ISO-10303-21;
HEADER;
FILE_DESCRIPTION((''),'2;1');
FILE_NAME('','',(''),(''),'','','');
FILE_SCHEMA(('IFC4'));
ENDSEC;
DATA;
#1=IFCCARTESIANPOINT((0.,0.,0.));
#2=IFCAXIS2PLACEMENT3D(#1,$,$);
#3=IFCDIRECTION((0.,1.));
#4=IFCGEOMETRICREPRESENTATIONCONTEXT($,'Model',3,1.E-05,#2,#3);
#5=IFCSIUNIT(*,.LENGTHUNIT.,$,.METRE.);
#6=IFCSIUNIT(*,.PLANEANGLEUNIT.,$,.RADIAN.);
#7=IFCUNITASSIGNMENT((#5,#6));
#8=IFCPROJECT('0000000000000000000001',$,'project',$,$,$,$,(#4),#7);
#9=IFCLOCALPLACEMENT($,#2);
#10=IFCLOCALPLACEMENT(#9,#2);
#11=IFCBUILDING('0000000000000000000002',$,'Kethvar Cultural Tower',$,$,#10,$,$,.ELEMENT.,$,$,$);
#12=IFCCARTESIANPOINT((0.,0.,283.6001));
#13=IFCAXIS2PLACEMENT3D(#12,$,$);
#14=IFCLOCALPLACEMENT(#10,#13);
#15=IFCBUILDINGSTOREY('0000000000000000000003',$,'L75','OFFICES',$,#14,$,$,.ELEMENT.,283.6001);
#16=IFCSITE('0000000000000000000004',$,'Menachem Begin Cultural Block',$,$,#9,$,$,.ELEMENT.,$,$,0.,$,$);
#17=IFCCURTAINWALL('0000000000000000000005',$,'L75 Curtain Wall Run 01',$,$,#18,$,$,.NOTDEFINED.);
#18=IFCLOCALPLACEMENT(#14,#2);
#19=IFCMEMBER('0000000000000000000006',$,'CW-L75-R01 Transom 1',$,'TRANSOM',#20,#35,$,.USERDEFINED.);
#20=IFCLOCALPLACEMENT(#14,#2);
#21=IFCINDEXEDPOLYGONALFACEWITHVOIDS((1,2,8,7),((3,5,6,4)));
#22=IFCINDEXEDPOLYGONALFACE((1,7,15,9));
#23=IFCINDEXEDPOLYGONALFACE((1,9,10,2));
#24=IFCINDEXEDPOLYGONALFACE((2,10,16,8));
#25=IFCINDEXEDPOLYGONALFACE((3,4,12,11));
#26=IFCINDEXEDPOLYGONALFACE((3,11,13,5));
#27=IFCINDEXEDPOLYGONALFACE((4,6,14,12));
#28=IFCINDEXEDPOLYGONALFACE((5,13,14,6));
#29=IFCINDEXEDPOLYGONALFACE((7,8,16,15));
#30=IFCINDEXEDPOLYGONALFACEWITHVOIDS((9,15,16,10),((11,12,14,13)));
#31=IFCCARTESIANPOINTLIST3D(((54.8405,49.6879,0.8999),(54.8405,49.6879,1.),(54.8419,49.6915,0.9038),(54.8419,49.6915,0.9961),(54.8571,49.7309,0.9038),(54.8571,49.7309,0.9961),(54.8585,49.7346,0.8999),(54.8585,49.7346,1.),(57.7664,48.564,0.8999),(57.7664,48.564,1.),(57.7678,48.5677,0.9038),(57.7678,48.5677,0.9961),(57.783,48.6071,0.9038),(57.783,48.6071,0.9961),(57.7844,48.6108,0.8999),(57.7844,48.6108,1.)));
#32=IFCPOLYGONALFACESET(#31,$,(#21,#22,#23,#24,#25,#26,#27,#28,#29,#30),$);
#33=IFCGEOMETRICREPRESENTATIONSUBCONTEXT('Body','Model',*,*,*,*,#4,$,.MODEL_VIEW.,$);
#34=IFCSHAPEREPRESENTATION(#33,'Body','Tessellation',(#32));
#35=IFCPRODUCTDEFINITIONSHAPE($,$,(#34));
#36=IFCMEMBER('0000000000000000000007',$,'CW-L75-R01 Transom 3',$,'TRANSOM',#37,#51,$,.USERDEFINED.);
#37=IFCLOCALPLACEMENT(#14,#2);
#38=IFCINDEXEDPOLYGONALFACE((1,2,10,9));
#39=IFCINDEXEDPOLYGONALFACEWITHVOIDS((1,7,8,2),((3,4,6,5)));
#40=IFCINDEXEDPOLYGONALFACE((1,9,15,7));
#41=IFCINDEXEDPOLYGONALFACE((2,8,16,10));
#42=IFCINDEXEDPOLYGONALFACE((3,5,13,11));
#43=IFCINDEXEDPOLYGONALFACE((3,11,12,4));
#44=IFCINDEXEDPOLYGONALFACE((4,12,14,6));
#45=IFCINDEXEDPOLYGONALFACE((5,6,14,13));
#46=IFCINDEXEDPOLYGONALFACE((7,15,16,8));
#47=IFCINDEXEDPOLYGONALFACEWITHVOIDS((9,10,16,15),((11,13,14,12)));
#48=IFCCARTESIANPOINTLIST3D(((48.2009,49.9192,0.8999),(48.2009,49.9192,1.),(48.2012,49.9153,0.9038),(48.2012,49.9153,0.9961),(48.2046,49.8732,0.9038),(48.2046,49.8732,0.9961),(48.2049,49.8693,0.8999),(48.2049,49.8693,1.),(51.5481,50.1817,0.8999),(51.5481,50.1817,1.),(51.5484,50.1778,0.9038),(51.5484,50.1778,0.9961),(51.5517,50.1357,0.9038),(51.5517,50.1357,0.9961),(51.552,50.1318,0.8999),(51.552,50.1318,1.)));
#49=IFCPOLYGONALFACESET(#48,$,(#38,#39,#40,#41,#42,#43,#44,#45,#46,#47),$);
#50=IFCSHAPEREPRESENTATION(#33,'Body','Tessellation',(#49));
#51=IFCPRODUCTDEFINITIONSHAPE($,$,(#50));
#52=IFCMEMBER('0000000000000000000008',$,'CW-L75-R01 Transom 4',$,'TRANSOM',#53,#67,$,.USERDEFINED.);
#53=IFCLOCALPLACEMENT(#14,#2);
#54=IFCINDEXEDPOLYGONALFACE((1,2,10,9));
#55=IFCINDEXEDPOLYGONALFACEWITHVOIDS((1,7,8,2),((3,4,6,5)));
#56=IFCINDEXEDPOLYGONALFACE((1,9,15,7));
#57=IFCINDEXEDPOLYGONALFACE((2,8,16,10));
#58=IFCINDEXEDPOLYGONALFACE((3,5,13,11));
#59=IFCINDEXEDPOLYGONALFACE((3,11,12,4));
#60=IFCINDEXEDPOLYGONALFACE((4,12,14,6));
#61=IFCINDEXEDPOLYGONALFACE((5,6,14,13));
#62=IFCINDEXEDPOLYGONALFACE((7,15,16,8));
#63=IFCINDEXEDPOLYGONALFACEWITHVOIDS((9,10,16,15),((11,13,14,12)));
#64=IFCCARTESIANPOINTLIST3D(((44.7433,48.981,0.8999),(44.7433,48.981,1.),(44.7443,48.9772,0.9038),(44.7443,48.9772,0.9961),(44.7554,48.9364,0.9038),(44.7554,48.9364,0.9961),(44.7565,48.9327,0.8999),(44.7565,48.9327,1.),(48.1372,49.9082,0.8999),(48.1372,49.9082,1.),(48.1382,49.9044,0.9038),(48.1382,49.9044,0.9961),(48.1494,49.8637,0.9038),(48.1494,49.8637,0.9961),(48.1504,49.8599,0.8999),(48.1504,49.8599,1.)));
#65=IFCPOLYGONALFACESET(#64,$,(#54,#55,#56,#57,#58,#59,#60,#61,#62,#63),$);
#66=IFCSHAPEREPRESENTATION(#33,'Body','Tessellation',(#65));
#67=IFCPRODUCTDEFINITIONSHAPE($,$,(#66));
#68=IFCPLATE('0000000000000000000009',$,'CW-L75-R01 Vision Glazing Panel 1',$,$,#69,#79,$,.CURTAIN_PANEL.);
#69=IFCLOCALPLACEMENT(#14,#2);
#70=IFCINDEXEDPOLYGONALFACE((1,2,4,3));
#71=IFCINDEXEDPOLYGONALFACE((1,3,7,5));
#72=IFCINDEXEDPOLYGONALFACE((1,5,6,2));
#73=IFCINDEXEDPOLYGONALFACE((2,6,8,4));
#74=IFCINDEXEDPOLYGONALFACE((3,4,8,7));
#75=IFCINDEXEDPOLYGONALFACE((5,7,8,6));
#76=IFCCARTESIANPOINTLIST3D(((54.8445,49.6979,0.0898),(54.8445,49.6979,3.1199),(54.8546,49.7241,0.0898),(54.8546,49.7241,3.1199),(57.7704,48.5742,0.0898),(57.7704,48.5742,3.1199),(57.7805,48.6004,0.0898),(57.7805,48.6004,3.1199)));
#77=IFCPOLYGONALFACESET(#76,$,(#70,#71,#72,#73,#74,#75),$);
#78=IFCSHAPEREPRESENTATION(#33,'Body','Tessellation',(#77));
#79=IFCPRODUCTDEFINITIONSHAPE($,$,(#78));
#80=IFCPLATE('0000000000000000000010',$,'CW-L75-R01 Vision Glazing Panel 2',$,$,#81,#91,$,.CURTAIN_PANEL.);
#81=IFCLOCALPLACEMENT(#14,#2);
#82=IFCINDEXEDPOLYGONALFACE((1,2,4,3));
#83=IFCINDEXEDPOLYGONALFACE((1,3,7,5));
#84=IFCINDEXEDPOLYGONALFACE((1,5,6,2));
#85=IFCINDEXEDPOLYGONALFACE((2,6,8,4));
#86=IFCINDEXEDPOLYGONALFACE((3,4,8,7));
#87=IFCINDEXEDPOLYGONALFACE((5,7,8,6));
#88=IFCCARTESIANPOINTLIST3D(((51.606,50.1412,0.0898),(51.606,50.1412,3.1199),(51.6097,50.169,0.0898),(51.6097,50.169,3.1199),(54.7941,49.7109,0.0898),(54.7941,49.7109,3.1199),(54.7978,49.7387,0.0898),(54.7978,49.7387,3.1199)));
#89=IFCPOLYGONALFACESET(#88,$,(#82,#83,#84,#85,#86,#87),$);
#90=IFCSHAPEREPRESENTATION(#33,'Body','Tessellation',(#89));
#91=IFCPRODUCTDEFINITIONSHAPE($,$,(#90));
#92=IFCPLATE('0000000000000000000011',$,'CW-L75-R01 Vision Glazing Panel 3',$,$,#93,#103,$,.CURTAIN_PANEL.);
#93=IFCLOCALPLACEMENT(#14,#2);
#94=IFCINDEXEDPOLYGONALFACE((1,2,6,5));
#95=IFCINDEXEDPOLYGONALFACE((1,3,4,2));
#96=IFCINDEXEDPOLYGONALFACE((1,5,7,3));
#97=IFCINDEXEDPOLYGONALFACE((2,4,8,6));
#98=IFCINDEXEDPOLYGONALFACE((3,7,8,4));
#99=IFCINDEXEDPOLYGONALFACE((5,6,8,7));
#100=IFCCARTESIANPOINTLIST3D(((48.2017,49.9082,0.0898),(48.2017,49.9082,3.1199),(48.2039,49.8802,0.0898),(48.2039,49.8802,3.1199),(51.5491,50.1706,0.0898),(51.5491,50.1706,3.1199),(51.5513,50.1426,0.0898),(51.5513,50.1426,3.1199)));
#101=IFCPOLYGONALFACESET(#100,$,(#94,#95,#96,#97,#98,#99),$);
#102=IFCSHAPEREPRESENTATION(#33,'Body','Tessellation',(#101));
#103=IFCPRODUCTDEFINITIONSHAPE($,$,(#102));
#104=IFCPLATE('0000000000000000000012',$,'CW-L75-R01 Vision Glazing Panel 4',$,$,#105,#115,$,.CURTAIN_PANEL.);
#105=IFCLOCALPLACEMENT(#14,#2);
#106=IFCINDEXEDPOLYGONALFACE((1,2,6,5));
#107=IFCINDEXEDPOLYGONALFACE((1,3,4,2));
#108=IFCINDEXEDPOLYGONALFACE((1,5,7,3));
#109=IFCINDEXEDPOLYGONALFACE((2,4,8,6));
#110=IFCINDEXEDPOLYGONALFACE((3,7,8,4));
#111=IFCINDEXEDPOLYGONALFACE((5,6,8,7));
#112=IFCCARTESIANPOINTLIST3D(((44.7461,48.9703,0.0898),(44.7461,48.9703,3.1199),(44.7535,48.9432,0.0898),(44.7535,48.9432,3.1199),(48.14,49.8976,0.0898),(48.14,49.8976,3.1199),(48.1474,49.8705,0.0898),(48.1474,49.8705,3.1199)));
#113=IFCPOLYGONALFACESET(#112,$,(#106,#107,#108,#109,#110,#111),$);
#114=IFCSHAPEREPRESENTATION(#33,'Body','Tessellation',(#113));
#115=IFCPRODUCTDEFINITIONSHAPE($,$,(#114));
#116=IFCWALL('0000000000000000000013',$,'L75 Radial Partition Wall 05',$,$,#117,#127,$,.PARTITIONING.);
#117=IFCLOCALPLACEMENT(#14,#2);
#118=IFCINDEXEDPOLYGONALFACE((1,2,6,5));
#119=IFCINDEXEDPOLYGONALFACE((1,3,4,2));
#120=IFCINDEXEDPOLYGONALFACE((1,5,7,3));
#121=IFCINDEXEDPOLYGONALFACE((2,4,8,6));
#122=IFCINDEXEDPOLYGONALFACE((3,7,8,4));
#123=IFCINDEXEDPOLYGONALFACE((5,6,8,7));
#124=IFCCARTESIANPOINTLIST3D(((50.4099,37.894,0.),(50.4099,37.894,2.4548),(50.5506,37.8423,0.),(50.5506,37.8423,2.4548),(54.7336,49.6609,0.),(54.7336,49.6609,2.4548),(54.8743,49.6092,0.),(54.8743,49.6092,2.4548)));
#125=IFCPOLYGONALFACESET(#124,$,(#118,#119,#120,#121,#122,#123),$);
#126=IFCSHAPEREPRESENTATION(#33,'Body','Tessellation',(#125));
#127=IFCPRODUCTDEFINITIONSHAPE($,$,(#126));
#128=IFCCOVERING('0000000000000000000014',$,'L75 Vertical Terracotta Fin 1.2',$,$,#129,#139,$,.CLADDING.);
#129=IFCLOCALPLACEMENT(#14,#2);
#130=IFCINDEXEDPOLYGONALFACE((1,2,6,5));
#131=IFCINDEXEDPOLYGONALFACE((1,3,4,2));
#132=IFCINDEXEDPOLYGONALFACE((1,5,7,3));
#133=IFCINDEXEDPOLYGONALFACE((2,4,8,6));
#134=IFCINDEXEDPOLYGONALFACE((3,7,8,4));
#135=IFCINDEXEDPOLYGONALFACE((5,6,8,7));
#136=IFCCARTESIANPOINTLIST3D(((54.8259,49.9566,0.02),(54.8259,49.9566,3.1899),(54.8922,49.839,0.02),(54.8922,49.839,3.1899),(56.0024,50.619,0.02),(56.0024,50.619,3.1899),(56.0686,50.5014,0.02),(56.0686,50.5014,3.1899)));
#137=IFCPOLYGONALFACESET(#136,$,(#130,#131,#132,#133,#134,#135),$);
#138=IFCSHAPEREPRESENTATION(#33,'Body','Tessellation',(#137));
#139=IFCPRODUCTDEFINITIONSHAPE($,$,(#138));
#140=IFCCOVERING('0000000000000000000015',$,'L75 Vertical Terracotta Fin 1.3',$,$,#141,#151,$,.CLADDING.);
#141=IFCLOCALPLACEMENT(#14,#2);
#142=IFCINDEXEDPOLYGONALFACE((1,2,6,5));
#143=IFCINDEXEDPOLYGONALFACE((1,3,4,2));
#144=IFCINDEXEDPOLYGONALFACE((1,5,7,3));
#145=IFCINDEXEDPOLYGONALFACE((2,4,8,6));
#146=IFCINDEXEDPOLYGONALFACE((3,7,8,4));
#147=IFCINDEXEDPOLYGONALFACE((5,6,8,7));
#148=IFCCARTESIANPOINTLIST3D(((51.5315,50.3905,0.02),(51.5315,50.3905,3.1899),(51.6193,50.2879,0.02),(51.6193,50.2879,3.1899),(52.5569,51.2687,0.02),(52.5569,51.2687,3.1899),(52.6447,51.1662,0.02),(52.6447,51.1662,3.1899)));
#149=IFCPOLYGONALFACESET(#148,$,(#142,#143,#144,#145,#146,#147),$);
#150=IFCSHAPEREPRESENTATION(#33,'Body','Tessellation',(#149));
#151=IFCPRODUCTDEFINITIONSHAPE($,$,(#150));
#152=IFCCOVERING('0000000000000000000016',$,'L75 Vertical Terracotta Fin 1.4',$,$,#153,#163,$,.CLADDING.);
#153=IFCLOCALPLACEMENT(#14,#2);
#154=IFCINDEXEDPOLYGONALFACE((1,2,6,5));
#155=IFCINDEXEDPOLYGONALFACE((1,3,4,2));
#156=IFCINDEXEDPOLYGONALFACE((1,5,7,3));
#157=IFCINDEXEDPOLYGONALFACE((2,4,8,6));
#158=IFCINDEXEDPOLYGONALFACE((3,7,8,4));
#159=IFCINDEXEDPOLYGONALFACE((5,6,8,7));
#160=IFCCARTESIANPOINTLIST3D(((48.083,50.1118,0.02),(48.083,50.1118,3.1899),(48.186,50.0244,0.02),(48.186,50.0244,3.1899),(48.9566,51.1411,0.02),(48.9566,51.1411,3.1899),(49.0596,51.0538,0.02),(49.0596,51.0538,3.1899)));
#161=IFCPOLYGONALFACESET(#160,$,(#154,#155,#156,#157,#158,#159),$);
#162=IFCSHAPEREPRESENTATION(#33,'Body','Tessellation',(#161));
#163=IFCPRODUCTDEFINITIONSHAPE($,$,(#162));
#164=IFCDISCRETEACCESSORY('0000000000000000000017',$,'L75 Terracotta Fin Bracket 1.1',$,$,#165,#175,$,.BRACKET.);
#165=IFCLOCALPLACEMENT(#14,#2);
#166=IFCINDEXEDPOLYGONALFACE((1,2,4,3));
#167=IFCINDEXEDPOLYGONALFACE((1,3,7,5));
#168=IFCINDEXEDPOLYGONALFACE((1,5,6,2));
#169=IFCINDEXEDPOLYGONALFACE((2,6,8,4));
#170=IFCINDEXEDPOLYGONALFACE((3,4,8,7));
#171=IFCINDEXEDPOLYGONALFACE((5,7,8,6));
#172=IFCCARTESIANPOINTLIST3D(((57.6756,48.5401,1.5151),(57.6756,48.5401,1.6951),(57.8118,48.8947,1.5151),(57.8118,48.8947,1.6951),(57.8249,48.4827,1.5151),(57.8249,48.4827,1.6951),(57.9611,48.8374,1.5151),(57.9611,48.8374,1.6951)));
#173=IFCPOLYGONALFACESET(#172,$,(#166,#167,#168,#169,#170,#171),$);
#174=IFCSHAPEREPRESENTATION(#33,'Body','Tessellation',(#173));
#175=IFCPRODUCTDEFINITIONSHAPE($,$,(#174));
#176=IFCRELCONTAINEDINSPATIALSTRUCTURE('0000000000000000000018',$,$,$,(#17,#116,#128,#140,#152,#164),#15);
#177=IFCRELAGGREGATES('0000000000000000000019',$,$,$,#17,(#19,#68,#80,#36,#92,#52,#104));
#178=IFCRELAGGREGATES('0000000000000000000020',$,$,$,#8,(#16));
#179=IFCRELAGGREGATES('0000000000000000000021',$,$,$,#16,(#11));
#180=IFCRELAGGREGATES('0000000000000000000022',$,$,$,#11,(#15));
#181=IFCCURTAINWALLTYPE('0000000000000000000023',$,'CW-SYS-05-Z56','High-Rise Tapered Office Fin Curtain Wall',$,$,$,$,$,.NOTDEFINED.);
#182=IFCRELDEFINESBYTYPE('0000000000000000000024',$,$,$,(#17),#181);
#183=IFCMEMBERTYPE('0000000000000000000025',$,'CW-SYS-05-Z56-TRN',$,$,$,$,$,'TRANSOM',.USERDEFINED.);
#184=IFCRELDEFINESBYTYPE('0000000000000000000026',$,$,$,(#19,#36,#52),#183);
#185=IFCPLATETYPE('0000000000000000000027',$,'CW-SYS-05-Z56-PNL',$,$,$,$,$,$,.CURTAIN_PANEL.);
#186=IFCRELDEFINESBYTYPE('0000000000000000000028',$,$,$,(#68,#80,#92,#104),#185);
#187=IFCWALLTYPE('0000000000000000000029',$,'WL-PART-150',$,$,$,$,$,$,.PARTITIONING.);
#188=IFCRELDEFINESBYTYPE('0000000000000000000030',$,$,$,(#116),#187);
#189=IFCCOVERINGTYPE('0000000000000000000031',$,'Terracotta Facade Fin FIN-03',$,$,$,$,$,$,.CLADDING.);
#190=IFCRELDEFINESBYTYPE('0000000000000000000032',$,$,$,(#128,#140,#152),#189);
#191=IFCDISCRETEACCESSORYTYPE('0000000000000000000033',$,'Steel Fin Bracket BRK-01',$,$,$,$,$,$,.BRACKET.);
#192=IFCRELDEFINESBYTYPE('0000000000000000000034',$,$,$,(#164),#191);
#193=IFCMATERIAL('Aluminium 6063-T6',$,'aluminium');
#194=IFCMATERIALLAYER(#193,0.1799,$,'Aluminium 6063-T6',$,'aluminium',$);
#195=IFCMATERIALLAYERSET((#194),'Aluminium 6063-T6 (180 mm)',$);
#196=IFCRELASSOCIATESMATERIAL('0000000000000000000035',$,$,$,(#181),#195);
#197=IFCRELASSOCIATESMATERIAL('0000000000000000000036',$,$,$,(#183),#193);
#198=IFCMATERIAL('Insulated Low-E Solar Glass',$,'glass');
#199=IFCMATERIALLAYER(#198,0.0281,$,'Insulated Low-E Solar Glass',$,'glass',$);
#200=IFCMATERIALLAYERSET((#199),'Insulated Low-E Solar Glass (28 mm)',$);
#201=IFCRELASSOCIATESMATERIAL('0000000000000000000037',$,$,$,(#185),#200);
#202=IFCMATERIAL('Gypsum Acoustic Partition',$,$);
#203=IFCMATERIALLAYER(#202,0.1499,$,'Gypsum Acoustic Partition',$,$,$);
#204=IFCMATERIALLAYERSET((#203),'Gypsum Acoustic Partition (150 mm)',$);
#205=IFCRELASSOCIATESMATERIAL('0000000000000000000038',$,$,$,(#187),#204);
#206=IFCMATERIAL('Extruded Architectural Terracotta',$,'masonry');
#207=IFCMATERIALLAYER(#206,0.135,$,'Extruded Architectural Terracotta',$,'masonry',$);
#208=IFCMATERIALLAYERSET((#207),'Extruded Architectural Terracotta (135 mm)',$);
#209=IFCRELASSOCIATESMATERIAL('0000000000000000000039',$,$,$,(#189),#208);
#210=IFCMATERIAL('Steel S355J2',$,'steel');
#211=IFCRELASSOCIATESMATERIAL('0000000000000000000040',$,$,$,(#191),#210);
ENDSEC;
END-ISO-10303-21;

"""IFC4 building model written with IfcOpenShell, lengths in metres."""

from ifc_helpers import new_model, si_unit, direction, frame, frame_2d, origin, origin_2d, place, context, subcontext, project, spatial, rectangle, hollow_rectangle, extrude, source, transform, mapped, material, layer, layer_set, material_profile, profile_set, type_object, element, aggregate, save


model = new_model("IFC4")

# Units and contexts
model_context = context("Model", 3, precision=1e-05, world=origin(), true_north=direction((0.0, 1.0)))
body_context = subcontext(model_context, "Body", "Model", "MODEL_VIEW")
ifc_project = project(units=[si_unit("LENGTHUNIT", "METRE"), si_unit("PLANEANGLEUNIT", "RADIAN")], contexts=[model_context])

# Site, building, storey
site_placement = place(None, origin())
site = spatial("IfcSite", under=ifc_project, at=site_placement, Name="Menachem Begin Cultural Block", CompositionType="ELEMENT", RefElevation=0.0)
building_placement = place(site_placement, origin())
building = spatial("IfcBuilding", under=site, at=building_placement, Name="Kethvar Cultural Tower", CompositionType="ELEMENT")
storey_placement = place(building_placement, frame((0.0, 0.0, 283.6001)))
storey = spatial("IfcBuildingStorey", under=building, at=storey_placement, Name="L75", Description="OFFICES", CompositionType="ELEMENT", Elevation=283.6001)

# Shared definitions
ifc_material_1 = material(Name="Steel S355J2", Category="steel")

# Curtain wall, members, plates
ifc_material_2 = material(Name="Aluminium 6063-T6", Category="aluminium")
ifc_layer_1 = layer(ifc_material_2, 0.1799, Name="Aluminium 6063-T6", Category="aluminium")
ifc_layer_set_1 = layer_set([ifc_layer_1], Name="Aluminium 6063-T6 (180 mm)")
curtain_wall_type = type_object("IfcCurtainWallType", Name="CW-SYS-05-Z56", Description="High-Rise Tapered Office Fin Curtain Wall", PredefinedType="NOTDEFINED", material=ifc_layer_set_1)
curtain_wall_placement = place(storey_placement, origin())
curtain_wall = element("IfcCurtainWall", 1, at=curtain_wall_placement, inside=storey, type_object=curtain_wall_type, Name="L75 Curtain Wall Run 01", PredefinedType="NOTDEFINED")
ifc_material_profile_1 = material_profile(ifc_material_2, hollow_rectangle(XDim=0.05, YDim=0.1001, WallThickness=0.0039, at=origin_2d()), Name="Aluminium 6063-T6 — RHS100x50x4")
ifc_profile_set_1 = profile_set([ifc_material_profile_1], Name="Aluminium 6063-T6 — RHS100x50x4")
member_type_1 = type_object("IfcMemberType", Name="CW-SYS-05-Z56-TRN", ElementType="TRANSOM", PredefinedType="USERDEFINED", material=ifc_profile_set_1)
shared_shape_1 = source(origin(), body_context, "Body", "SweptSolid", [
    extrude(hollow_rectangle(XDim=0.05, YDim=0.1001, WallThickness=0.0039, at=origin_2d()), origin(), (0.0, 0.0, 1.0), 3.1343),
])
member_1_placement = place(storey_placement, frame((57.7754, 48.5874, 0.95), z_axis=(-0.933508, 0.358556, 0.0), x_axis=(-0.358556, -0.933508, 0.0)))
member_1 = element("IfcMember", 2, at=member_1_placement, type_object=member_type_1, Name="CW-L75-R01 Transom 1", ObjectType="TRANSOM", PredefinedType="USERDEFINED", context=body_context, shape_type="MappedRepresentation", body=[
    mapped(shared_shape_1, transform((0.0, 0.0, 0.0), scale=1.0)),
])
shared_shape_2 = source(origin(), body_context, "Body", "SweptSolid", [
    extrude(hollow_rectangle(XDim=0.05, YDim=0.1001, WallThickness=0.0039, at=origin_2d()), origin(), (0.0, 0.0, 1.0), 3.3574),
])
member_2_placement = place(storey_placement, frame((51.55, 50.1567, 0.95), z_axis=(-0.99694, -0.07817, 0.0), x_axis=(0.07817, -0.99694, 0.0)))
member_2 = element("IfcMember", 3, at=member_2_placement, type_object=member_type_1, Name="CW-L75-R01 Transom 3", ObjectType="TRANSOM", PredefinedType="USERDEFINED", context=body_context, shape_type="MappedRepresentation", body=[
    mapped(shared_shape_2, transform((0.0, 0.0, 0.0), scale=1.0)),
])
shared_shape_3 = source(origin(), body_context, "Body", "SweptSolid", [
    extrude(hollow_rectangle(XDim=0.05, YDim=0.1001, WallThickness=0.0039, at=origin_2d()), origin(), (0.0, 0.0, 1.0), 3.5183),
])
member_3_placement = place(storey_placement, frame((48.1438, 49.884, 0.95), z_axis=(-0.964648, -0.26354, 0.0), x_axis=(0.26354, -0.964648, 0.0)))
member_3 = element("IfcMember", 4, at=member_3_placement, type_object=member_type_1, Name="CW-L75-R01 Transom 4", ObjectType="TRANSOM", PredefinedType="USERDEFINED", context=body_context, shape_type="MappedRepresentation", body=[
    mapped(shared_shape_3, transform((0.0, 0.0, 0.0), scale=1.0)),
])
ifc_material_3 = material(Name="Insulated Low-E Solar Glass", Category="glass")
ifc_layer_2 = layer(ifc_material_3, 0.0281, Name="Insulated Low-E Solar Glass", Category="glass")
ifc_layer_set_2 = layer_set([ifc_layer_2], Name="Insulated Low-E Solar Glass (28 mm)")
plate_type = type_object("IfcPlateType", Name="CW-SYS-05-Z56-PNL", PredefinedType="CURTAIN_PANEL", material=ifc_layer_set_2)
shared_shape_4 = source(origin(), body_context, "Body", "SweptSolid", [
    extrude(rectangle(XDim=3.1343, YDim=0.0281, at=origin_2d()), origin(), (0.0, 0.0, 1.0), 3.03),
])
plate_1_placement = place(storey_placement, frame((56.3125, 49.1492, 0.0898), z_axis=(0.0, 0.0, 1.0), x_axis=(-0.933518, 0.358531, 0.0)))
plate_1 = element("IfcPlate", 5, at=plate_1_placement, type_object=plate_type, Name="CW-L75-R01 Vision Glazing Panel 1", PredefinedType="CURTAIN_PANEL", context=body_context, shape_type="MappedRepresentation", body=[
    mapped(shared_shape_4, transform((0.0, 0.0, 0.0), scale=1.0)),
])
shared_shape_5 = source(origin(), body_context, "Body", "SweptSolid", [
    extrude(rectangle(XDim=3.217, YDim=0.0281, at=origin_2d()), origin(), (0.0, 0.0, 1.0), 3.03),
])
plate_2_placement = place(storey_placement, frame((53.2019, 49.9399, 0.0898), z_axis=(0.0, 0.0, 1.0), x_axis=(-0.991014, 0.133761, 0.0)))
plate_2 = element("IfcPlate", 6, at=plate_2_placement, type_object=plate_type, Name="CW-L75-R01 Vision Glazing Panel 2", PredefinedType="CURTAIN_PANEL", context=body_context, shape_type="MappedRepresentation", body=[
    mapped(shared_shape_5, transform((0.0, 0.0, 0.0), scale=1.0)),
])
shared_shape_6 = source(origin(), body_context, "Body", "SweptSolid", [
    extrude(rectangle(XDim=3.3577, YDim=0.0281, at=origin_2d()), origin(), (0.0, 0.0, 1.0), 3.03),
])
plate_3_placement = place(storey_placement, frame((49.8765, 50.0254, 0.0898), z_axis=(0.0, 0.0, 1.0), x_axis=(-0.996943, -0.078129, 0.0)))
plate_3 = element("IfcPlate", 7, at=plate_3_placement, type_object=plate_type, Name="CW-L75-R01 Vision Glazing Panel 3", PredefinedType="CURTAIN_PANEL", context=body_context, shape_type="MappedRepresentation", body=[
    mapped(shared_shape_6, transform((0.0, 0.0, 0.0), scale=1.0)),
])
shared_shape_7 = source(origin(), body_context, "Body", "SweptSolid", [
    extrude(rectangle(XDim=3.5183, YDim=0.0281, at=origin_2d()), origin(), (0.0, 0.0, 1.0), 3.03),
])
plate_4_placement = place(storey_placement, frame((46.4468, 49.4204, 0.0898), z_axis=(0.0, 0.0, 1.0), x_axis=(-0.96464, -0.26357, 0.0)))
plate_4 = element("IfcPlate", 8, at=plate_4_placement, type_object=plate_type, Name="CW-L75-R01 Vision Glazing Panel 4", PredefinedType="CURTAIN_PANEL", context=body_context, shape_type="MappedRepresentation", body=[
    mapped(shared_shape_7, transform((0.0, 0.0, 0.0), scale=1.0)),
])
aggregate(curtain_wall, [member_1, plate_1, plate_2, member_2, plate_3, member_3, plate_4])

# Wall
ifc_material_4 = material(Name="Gypsum Acoustic Partition")
ifc_layer_3 = layer(ifc_material_4, 0.1499, Name="Gypsum Acoustic Partition")
ifc_layer_set_3 = layer_set([ifc_layer_3], Name="Gypsum Acoustic Partition (150 mm)")
wall_type = type_object("IfcWallType", Name="WL-PART-150", PredefinedType="PARTITIONING", material=ifc_layer_set_3)
wall_placement = place(storey_placement, frame((50.4802, 37.8682, 0.0), z_axis=(0.0, 0.0, 1.0), x_axis=(0.344903, 0.938638, 0.0)))
element("IfcWall", 9, at=wall_placement, inside=storey, type_object=wall_type, Name="L75 Radial Partition Wall 05", PredefinedType="PARTITIONING", context=body_context, shape_type="SweptSolid", body=[
    extrude(rectangle(XDim=12.5361, YDim=0.1499, at=frame_2d((6.2681, 0.0))), origin(), (0.0, 0.0, 1.0), 2.4548),
])

# Coverings
ifc_material_5 = material(Name="Extruded Architectural Terracotta", Category="masonry")
ifc_layer_4 = layer(ifc_material_5, 0.135, Name="Extruded Architectural Terracotta", Category="masonry")
ifc_layer_set_4 = layer_set([ifc_layer_4], Name="Extruded Architectural Terracotta (135 mm)")
covering_type = type_object("IfcCoveringType", Name="Terracotta Facade Fin FIN-03", PredefinedType="CLADDING", material=ifc_layer_set_4)
shared_shape_8 = source(origin(), body_context, "Body", "SweptSolid", [
    extrude(rectangle(XDim=1.3501, YDim=0.135, at=origin_2d()), origin(), (0.0, 0.0, 1.0), 3.1699),
])
for number, where, z_axis, x_axis, name in (
    (10, (55.4473, 50.229, 0.02), (0.0, 0.0, 1.0), (0.871385, 0.4906, 0.0), "L75 Vertical Terracotta Fin 1.2"),
    (11, (52.0881, 50.7783, 0.02), (0.0, 0.0, 1.0), (0.759498, 0.650509, 0.0), "L75 Vertical Terracotta Fin 1.3"),
    (12, (48.5713, 50.5828, 0.02), (0.0, 0.0, 1.0), (0.647056, 0.762443, 0.0), "L75 Vertical Terracotta Fin 1.4"),
):
    element("IfcCovering", number, at=place(storey_placement, frame(where, z_axis=z_axis, x_axis=x_axis)), inside=storey, type_object=covering_type, Name=name, PredefinedType="CLADDING", context=body_context, shape_type="MappedRepresentation", body=[
        mapped(shared_shape_8, transform((0.0, 0.0, 0.0), scale=1.0)),
    ])

# Discrete accessory
discrete_accessory_type = type_object("IfcDiscreteAccessoryType", Name="Steel Fin Bracket BRK-01", PredefinedType="BRACKET", material=ifc_material_1)
shared_shape_9 = source(origin(), body_context, "Body", "SweptSolid", [
    extrude(rectangle(XDim=0.3799, YDim=0.1599, at=origin_2d()), origin(), (0.0, 0.0, 1.0), 0.1799),
])
for number, where, z_axis, x_axis, name in (
    (13, (57.8184, 48.6887, 1.5151), (0.0, 0.0, 1.0), (0.358531, 0.933518, 0.0), "L75 Terracotta Fin Bracket 1.1"),
):
    element("IfcDiscreteAccessory", number, at=place(storey_placement, frame(where, z_axis=z_axis, x_axis=x_axis)), inside=storey, type_object=discrete_accessory_type, Name=name, PredefinedType="BRACKET", context=body_context, shape_type="MappedRepresentation", body=[
        mapped(shared_shape_9, transform((0.0, 0.0, 0.0), scale=1.0)),
    ])

save(model, "model.ifc")
